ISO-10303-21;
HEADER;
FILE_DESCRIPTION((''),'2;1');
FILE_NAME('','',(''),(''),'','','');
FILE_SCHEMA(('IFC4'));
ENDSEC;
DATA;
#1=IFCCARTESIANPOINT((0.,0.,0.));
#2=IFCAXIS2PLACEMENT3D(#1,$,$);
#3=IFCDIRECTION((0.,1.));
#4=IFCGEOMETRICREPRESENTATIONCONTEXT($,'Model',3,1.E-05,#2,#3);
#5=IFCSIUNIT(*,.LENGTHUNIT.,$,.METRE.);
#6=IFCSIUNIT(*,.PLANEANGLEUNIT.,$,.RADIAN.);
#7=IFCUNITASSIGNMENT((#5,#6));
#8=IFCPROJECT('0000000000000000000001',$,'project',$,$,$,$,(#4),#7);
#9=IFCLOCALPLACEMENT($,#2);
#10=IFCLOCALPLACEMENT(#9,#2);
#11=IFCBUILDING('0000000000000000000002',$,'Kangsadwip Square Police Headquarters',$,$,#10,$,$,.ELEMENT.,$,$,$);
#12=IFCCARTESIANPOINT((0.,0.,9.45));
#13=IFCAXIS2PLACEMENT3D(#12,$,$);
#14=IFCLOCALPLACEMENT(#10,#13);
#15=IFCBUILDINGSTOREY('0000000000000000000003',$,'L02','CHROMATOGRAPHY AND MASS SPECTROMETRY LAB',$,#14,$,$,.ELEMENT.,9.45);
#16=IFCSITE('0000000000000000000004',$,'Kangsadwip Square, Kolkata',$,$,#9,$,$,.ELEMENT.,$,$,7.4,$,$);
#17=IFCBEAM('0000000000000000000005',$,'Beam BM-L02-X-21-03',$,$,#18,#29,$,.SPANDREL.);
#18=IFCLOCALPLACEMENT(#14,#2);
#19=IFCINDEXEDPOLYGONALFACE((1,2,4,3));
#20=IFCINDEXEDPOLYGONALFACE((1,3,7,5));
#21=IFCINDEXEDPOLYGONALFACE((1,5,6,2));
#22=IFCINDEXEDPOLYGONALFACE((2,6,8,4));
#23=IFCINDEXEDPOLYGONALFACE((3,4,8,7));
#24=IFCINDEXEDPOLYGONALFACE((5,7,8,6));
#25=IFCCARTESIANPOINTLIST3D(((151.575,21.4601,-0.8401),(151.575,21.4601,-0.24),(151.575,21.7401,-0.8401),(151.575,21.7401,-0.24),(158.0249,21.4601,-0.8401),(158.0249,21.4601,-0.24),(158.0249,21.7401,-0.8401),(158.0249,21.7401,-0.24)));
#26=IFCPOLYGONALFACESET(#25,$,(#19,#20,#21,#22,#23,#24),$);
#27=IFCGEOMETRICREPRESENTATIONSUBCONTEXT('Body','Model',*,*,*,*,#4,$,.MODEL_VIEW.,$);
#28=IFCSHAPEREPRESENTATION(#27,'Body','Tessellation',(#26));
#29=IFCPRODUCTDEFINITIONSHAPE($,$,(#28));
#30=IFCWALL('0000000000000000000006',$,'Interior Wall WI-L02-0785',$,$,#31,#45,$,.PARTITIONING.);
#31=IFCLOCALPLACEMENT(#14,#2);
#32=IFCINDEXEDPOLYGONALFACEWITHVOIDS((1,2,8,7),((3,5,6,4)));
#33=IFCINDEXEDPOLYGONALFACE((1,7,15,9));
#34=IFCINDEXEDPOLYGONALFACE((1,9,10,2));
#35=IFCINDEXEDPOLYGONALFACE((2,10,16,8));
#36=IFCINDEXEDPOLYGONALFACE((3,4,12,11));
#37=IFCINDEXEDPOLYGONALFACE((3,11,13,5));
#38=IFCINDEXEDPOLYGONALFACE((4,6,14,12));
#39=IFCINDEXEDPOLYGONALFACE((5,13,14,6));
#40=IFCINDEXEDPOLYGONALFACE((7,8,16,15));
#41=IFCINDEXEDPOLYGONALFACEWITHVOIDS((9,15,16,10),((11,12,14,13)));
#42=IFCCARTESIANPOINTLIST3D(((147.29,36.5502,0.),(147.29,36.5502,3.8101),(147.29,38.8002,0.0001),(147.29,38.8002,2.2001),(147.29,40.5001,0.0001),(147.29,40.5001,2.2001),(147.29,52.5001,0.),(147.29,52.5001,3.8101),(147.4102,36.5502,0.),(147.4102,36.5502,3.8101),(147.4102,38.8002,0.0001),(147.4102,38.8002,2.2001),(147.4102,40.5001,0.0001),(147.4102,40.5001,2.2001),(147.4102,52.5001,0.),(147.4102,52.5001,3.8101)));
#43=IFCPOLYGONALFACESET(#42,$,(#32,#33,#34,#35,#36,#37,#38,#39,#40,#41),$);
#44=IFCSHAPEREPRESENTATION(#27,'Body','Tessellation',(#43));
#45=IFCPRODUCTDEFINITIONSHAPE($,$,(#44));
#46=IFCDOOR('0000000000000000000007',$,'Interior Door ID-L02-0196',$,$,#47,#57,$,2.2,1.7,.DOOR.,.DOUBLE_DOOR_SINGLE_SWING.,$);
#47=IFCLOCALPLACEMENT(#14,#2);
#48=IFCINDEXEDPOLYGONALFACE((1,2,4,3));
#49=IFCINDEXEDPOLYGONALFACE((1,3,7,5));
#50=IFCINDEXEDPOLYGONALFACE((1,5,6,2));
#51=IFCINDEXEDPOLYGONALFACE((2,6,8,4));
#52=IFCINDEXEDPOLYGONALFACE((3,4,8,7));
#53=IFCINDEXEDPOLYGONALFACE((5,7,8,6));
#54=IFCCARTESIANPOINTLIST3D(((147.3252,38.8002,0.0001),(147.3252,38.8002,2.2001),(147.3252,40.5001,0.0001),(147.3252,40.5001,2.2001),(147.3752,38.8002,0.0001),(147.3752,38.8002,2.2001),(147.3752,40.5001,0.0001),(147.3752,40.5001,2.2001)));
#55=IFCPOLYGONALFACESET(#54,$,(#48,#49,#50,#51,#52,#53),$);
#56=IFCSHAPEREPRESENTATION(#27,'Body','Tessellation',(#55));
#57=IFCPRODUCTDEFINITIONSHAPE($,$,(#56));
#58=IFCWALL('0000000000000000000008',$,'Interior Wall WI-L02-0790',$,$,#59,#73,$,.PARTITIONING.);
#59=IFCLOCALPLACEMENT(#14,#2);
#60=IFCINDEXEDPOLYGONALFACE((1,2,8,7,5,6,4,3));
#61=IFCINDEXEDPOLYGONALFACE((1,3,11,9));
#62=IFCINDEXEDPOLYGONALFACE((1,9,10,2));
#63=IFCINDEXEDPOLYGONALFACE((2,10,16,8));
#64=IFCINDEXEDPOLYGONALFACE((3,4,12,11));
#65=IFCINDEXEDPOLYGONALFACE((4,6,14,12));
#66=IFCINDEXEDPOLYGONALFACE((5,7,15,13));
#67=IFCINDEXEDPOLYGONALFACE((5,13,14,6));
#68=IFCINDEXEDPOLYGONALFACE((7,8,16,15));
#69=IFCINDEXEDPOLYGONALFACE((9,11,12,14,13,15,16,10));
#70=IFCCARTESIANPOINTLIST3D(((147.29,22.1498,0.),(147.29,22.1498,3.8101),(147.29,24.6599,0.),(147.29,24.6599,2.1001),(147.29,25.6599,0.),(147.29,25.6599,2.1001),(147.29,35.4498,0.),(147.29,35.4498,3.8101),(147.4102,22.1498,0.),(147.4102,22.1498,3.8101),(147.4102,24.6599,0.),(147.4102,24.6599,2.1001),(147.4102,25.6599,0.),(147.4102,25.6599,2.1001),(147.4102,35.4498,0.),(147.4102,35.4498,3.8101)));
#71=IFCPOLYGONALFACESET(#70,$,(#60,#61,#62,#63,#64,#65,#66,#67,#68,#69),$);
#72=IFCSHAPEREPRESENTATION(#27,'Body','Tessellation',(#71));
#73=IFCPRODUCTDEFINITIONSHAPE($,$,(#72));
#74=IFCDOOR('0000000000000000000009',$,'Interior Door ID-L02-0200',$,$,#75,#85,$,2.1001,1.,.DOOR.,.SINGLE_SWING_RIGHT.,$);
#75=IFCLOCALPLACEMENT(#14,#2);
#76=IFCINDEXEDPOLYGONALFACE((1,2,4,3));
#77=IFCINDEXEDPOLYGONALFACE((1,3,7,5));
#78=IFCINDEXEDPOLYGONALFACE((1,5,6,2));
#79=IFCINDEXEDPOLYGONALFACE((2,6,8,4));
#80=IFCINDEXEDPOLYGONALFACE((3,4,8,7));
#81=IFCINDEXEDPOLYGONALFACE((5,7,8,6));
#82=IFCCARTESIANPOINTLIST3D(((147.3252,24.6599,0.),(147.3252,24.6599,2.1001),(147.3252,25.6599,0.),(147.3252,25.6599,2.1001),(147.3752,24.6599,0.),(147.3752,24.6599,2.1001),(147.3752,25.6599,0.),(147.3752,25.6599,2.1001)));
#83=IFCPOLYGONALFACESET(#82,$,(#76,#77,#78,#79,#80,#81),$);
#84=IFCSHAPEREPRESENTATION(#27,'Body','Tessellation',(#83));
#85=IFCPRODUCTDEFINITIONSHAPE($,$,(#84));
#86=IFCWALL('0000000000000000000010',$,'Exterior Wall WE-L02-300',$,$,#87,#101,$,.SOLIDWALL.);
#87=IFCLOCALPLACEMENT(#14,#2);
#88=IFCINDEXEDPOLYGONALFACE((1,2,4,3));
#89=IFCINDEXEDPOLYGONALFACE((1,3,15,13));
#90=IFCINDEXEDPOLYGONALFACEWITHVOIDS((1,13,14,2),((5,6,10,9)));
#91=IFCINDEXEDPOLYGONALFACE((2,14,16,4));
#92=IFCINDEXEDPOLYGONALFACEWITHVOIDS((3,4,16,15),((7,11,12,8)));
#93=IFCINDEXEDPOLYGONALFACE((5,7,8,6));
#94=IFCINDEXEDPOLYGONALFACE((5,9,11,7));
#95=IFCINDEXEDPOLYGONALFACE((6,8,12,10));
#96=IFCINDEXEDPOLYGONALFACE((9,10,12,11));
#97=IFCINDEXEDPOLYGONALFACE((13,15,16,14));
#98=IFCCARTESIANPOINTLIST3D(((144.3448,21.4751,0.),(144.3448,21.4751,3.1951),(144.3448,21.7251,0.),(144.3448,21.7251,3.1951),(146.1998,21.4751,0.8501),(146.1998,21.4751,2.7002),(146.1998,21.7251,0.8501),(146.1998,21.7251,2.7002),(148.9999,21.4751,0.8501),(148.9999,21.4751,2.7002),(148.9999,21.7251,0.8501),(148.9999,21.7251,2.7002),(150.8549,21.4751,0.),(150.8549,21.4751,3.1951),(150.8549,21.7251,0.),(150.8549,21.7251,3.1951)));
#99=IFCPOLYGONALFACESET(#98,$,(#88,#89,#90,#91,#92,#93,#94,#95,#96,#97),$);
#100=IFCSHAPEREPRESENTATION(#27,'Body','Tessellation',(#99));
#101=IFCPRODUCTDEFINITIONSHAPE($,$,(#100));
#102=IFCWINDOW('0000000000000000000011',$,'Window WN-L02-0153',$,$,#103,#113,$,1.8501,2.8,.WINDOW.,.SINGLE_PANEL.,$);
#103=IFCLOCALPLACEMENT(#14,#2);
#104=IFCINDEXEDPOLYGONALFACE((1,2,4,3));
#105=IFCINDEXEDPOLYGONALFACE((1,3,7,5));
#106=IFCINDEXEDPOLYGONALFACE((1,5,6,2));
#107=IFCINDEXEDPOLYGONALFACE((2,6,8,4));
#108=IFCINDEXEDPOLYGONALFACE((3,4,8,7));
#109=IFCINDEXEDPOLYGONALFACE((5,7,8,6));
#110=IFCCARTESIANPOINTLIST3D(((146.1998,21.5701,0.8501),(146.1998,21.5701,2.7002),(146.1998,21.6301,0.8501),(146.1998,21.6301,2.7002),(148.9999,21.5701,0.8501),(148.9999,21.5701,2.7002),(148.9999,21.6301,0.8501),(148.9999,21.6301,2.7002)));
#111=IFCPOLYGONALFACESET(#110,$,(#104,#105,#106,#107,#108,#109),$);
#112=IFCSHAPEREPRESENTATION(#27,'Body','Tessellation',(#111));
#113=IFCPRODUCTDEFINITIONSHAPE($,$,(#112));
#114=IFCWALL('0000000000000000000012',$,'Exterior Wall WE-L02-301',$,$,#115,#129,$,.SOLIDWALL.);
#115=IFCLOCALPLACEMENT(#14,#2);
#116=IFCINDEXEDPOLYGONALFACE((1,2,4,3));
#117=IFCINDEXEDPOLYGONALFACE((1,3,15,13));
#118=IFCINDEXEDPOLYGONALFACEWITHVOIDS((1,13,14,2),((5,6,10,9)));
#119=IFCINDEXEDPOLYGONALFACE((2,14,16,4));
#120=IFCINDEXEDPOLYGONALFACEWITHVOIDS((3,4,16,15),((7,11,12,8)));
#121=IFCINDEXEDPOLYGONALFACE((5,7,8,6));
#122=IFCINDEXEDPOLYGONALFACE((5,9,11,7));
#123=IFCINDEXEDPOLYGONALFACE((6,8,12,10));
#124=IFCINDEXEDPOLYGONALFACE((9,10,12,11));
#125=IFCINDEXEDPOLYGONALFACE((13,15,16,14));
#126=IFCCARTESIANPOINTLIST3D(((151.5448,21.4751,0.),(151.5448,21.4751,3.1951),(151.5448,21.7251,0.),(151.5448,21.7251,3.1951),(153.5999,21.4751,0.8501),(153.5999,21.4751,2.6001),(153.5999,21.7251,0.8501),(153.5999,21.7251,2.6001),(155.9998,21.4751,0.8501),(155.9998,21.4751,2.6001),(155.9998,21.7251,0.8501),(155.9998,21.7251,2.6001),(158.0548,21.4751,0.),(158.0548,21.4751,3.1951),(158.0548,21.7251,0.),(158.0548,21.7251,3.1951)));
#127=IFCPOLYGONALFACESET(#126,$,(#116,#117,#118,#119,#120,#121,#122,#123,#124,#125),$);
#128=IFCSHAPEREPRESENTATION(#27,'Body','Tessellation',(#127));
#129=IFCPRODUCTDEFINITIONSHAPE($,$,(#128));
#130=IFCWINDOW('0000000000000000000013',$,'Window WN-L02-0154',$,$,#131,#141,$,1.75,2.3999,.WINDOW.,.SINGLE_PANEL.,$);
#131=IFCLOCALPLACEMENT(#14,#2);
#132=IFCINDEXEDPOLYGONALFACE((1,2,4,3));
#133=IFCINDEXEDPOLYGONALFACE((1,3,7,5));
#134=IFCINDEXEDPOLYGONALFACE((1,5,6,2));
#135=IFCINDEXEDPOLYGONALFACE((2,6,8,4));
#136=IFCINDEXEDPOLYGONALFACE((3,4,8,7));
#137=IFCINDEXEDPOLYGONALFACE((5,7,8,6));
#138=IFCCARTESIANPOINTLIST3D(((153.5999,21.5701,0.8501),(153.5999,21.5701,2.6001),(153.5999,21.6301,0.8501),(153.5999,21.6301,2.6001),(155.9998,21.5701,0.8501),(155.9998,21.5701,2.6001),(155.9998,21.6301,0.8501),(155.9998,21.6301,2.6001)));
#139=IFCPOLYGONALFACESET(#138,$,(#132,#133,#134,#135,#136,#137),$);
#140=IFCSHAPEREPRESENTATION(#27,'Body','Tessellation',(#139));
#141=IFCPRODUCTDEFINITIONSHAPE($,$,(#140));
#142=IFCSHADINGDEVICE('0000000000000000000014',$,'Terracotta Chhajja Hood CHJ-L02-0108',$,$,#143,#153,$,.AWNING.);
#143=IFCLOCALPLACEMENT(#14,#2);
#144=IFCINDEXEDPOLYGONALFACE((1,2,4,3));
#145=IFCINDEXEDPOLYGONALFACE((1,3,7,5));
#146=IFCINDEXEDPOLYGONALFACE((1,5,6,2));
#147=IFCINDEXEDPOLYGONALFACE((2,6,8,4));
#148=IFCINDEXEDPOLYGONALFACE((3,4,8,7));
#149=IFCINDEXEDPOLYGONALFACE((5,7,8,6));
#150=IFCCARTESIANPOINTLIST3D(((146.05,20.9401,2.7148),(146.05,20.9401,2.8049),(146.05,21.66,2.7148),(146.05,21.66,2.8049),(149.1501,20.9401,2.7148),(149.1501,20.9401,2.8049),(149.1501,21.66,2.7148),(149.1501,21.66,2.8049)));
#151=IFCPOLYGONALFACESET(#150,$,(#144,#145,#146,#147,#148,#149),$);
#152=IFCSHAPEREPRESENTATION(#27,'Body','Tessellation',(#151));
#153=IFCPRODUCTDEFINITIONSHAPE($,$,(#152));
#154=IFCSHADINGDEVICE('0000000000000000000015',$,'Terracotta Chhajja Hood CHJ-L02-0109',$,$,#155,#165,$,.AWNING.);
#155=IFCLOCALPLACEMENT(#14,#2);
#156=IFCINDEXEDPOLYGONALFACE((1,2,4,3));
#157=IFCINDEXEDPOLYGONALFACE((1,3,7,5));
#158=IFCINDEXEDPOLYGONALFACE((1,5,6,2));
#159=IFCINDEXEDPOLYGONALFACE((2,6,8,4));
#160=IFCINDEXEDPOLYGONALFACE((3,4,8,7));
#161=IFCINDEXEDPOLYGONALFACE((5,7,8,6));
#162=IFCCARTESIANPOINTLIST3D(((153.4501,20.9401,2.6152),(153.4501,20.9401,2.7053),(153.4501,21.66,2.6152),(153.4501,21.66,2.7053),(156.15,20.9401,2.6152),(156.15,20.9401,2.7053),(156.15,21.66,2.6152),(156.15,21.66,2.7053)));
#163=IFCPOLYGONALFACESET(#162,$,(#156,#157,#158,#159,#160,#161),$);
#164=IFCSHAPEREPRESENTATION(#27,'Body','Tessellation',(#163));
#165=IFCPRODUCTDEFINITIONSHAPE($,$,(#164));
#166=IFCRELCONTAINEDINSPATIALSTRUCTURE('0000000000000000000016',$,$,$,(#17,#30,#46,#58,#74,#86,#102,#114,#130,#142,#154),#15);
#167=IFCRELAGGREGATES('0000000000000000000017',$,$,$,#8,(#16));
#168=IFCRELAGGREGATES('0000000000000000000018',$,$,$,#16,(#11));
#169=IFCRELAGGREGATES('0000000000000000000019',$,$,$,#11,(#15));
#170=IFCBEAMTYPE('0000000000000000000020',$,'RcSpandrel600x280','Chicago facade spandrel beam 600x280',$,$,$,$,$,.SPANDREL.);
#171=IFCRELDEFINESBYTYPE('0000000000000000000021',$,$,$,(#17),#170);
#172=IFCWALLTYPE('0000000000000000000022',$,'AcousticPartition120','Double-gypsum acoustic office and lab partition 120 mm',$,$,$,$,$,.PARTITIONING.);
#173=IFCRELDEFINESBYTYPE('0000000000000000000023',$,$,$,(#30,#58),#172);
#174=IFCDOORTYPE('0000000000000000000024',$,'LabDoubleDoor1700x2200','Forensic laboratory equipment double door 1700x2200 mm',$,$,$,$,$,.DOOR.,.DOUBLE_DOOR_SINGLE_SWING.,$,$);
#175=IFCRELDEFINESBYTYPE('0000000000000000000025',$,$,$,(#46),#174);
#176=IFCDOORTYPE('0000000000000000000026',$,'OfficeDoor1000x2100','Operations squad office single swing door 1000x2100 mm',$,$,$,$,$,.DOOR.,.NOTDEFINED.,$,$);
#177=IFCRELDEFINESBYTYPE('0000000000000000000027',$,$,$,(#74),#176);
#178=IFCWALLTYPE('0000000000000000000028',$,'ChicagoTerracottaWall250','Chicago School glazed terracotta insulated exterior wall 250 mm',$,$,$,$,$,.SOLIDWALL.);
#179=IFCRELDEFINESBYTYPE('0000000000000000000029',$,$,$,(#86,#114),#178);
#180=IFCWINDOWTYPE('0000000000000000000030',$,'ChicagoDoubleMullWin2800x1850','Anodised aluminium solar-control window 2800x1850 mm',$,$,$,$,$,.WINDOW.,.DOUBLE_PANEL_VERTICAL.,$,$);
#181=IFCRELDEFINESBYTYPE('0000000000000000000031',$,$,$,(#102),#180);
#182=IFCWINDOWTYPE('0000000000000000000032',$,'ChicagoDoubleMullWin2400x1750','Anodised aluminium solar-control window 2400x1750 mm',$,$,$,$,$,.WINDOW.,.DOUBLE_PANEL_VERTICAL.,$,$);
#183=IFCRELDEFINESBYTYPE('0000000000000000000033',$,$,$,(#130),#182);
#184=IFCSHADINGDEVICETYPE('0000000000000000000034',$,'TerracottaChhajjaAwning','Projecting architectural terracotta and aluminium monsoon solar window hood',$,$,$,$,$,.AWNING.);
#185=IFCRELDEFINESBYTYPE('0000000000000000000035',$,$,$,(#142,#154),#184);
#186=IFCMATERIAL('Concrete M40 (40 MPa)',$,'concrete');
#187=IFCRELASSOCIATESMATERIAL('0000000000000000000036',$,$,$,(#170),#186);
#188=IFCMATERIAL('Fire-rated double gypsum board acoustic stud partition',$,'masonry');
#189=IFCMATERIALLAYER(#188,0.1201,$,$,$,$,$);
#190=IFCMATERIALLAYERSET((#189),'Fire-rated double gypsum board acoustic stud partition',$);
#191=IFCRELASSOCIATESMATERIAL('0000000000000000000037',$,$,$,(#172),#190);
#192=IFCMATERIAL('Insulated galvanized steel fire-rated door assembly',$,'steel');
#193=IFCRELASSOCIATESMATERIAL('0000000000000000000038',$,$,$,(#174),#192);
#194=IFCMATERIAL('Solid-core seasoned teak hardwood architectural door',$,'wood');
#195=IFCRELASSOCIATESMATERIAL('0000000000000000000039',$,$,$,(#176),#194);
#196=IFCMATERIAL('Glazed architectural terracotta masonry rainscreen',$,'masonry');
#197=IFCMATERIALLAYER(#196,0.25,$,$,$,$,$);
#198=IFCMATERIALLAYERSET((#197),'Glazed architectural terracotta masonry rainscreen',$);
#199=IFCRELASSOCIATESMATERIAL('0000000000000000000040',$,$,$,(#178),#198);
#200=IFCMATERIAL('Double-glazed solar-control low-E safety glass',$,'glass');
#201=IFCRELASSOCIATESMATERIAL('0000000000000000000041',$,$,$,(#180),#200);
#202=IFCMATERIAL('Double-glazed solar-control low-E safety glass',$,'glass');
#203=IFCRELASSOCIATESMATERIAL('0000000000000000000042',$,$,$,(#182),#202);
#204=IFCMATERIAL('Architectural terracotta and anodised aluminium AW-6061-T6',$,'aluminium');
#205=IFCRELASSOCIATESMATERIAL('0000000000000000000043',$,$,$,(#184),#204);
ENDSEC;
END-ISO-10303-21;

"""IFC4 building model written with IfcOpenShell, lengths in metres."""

from ifc_helpers import new_model, si_unit, direction, frame, frame_2d, origin, origin_2d, place, context, subcontext, project, spatial, rectangle, extrude, material, layer, layer_set, material_profile, profile_set, type_object, element, fill, save


model = new_model("IFC4")

# Units and contexts
model_context = context("Model", 3, precision=1e-05, world=origin(), true_north=direction((0.0, 1.0)))
body_context = subcontext(model_context, "Body", "Model", "MODEL_VIEW")
ifc_project = project(units=[si_unit("LENGTHUNIT", "METRE"), si_unit("PLANEANGLEUNIT", "RADIAN")], contexts=[model_context])

# Site, building, storey
site_placement = place(None, origin())
site = spatial("IfcSite", under=ifc_project, at=site_placement, Name="Kangsadwip Square, Kolkata", CompositionType="ELEMENT", RefElevation=7.4)
building_placement = place(site_placement, origin())
building = spatial("IfcBuilding", under=site, at=building_placement, Name="Kangsadwip Square Police Headquarters", CompositionType="ELEMENT")
storey_placement = place(building_placement, frame((0.0, 0.0, 9.45)))
storey = spatial("IfcBuildingStorey", under=building, at=storey_placement, Name="L02", Description="CHROMATOGRAPHY AND MASS SPECTROMETRY LAB", CompositionType="ELEMENT", Elevation=9.45)

# Beam
ifc_material_1 = material(Name="Concrete M40 (40 MPa)", Category="concrete")
ifc_material_profile_1 = material_profile(ifc_material_1, rectangle(XDim=0.28, YDim=0.6001, at=origin_2d()), Name="RC SPN 600X280")
ifc_profile_set_1 = profile_set([ifc_material_profile_1], Name="Concrete M40 (40 MPa)")
beam_type_1 = type_object("IfcBeamType", Name="RcSpandrel600x280", Description="Chicago facade spandrel beam 600x280", PredefinedType="SPANDREL", material=ifc_profile_set_1)
for number, where, z_axis, x_axis, name in (
    (1, (151.575, 21.6001, -0.54), (1.0, 0.0, 0.0), (0.0, 1.0, 0.0), "Beam BM-L02-X-21-03"),
):
    element("IfcBeam", number, at=place(storey_placement, frame(where, z_axis=z_axis, x_axis=x_axis)), inside=storey, type_object=beam_type_1, Name=name, PredefinedType="SPANDREL", context=body_context, shape_type="SweptSolid", body=[
        extrude(rectangle(XDim=0.28, YDim=0.6001, at=origin_2d()), origin(), (0.0, 0.0, 1.0), 6.45),
    ])

# Walls, openings, doors
ifc_material_2 = material(Name="Fire-rated double gypsum board acoustic stud partition", Category="masonry")
ifc_layer_1 = layer(ifc_material_2, 0.1201)
ifc_layer_set_1 = layer_set([ifc_layer_1], Name="Fire-rated double gypsum board acoustic stud partition")
wall_type_1 = type_object("IfcWallType", Name="AcousticPartition120", Description="Double-gypsum acoustic office and lab partition 120 mm", PredefinedType="PARTITIONING", material=ifc_layer_set_1)
wall_1_placement = place(storey_placement, frame((147.3501, 36.55, 0.0), z_axis=(0.0, 0.0, 1.0), x_axis=(0.0, 1.0, 0.0)))
wall_1 = element("IfcWall", 2, at=wall_1_placement, inside=storey, type_object=wall_type_1, Name="Interior Wall WI-L02-0785", PredefinedType="PARTITIONING", context=body_context, shape_type="SweptSolid", body=[
    extrude(rectangle(XDim=15.95, YDim=0.1201, at=frame_2d((7.9751, 0.0))), origin(), (0.0, 0.0, 1.0), 3.8101),
])
opening_1_placement = place(wall_1_placement, frame((2.25, 0.0, 0.0)))
opening_1 = element("IfcOpeningElement", 3, at=opening_1_placement, cuts=wall_1, PredefinedType="OPENING", context=body_context, shape_type="SweptSolid", body=[
    extrude(rectangle(XDim=1.7, YDim=2.2, at=frame_2d((0.8501, 1.1001))), frame((0.0, 0.0701, 0.0), z_axis=(0.0, -1.0, 0.0), x_axis=(1.0, 0.0, 0.0)), (0.0, 0.0, 1.0), 0.1401),
])
ifc_material_3 = material(Name="Insulated galvanized steel fire-rated door assembly", Category="steel")
door_type_1 = type_object("IfcDoorType", Name="LabDoubleDoor1700x2200", Description="Forensic laboratory equipment double door 1700x2200 mm", OperationType="DOUBLE_DOOR_SINGLE_SWING", PredefinedType="DOOR", material=ifc_material_3)
door_1_placement = place(opening_1_placement, origin())
door_1 = element("IfcDoor", 4, at=door_1_placement, inside=storey, type_object=door_type_1, Name="Interior Door ID-L02-0196", OperationType="DOUBLE_DOOR_SINGLE_SWING", OverallHeight=2.2, OverallWidth=1.7, PredefinedType="DOOR", context=body_context, shape_type="SweptSolid", body=[
    extrude(rectangle(XDim=1.7, YDim=2.2, at=frame_2d((0.8501, 1.1001))), frame((0.0, 0.0249, 0.0), z_axis=(0.0, -1.0, 0.0), x_axis=(1.0, 0.0, 0.0)), (0.0, 0.0, 1.0), 0.05),
])
fill(opening_1, door_1)
wall_2_placement = place(storey_placement, frame((147.3501, 22.1499, 0.0), z_axis=(0.0, 0.0, 1.0), x_axis=(0.0, 1.0, 0.0)))
wall_2 = element("IfcWall", 5, at=wall_2_placement, inside=storey, type_object=wall_type_1, Name="Interior Wall WI-L02-0790", PredefinedType="PARTITIONING", context=body_context, shape_type="SweptSolid", body=[
    extrude(rectangle(XDim=13.3, YDim=0.1201, at=frame_2d((6.6499, 0.0))), origin(), (0.0, 0.0, 1.0), 3.8101),
])
opening_2_placement = place(wall_2_placement, frame((2.51, 0.0, 0.0)))
opening_2 = element("IfcOpeningElement", 6, at=opening_2_placement, cuts=wall_2, PredefinedType="OPENING", context=body_context, shape_type="SweptSolid", body=[
    extrude(rectangle(XDim=1.0, YDim=2.1001, at=frame_2d((0.5, 1.05))), frame((0.0, 0.0701, 0.0), z_axis=(0.0, -1.0, 0.0), x_axis=(1.0, 0.0, 0.0)), (0.0, 0.0, 1.0), 0.1401),
])
ifc_material_4 = material(Name="Solid-core seasoned teak hardwood architectural door", Category="wood")
door_type_2 = type_object("IfcDoorType", Name="OfficeDoor1000x2100", Description="Operations squad office single swing door 1000x2100 mm", OperationType="NOTDEFINED", PredefinedType="DOOR", material=ifc_material_4)
door_2_placement = place(opening_2_placement, origin())
door_2 = element("IfcDoor", 7, at=door_2_placement, inside=storey, type_object=door_type_2, Name="Interior Door ID-L02-0200", OperationType="SINGLE_SWING_RIGHT", OverallHeight=2.1001, OverallWidth=1.0, PredefinedType="DOOR", context=body_context, shape_type="SweptSolid", body=[
    extrude(rectangle(XDim=1.0, YDim=2.1001, at=frame_2d((0.5, 1.05))), frame((0.0, 0.0249, 0.0), z_axis=(0.0, -1.0, 0.0), x_axis=(1.0, 0.0, 0.0)), (0.0, 0.0, 1.0), 0.05),
])
fill(opening_2, door_2)

# Walls, openings, windows
ifc_material_5 = material(Name="Glazed architectural terracotta masonry rainscreen", Category="masonry")
ifc_layer_2 = layer(ifc_material_5, 0.25)
ifc_layer_set_2 = layer_set([ifc_layer_2], Name="Glazed architectural terracotta masonry rainscreen")
wall_type_2 = type_object("IfcWallType", Name="ChicagoTerracottaWall250", Description="Chicago School glazed terracotta insulated exterior wall 250 mm", PredefinedType="SOLIDWALL", material=ifc_layer_set_2)
wall_3_placement = place(storey_placement, frame((144.345, 21.6001, 0.0), z_axis=(0.0, 0.0, 1.0), x_axis=(1.0, 0.0, 0.0)))
wall_3 = element("IfcWall", 8, at=wall_3_placement, inside=storey, type_object=wall_type_2, Name="Exterior Wall WE-L02-300", PredefinedType="SOLIDWALL", context=body_context, shape_type="SweptSolid", body=[
    extrude(rectangle(XDim=6.51, YDim=0.25, at=frame_2d((3.2549, 0.0))), origin(), (0.0, 0.0, 1.0), 3.1951),
])
opening_3_placement = place(wall_3_placement, frame((1.855, 0.0, 0.8501)))
opening_3 = element("IfcOpeningElement", 9, at=opening_3_placement, cuts=wall_3, PredefinedType="OPENING", context=body_context, shape_type="SweptSolid", body=[
    extrude(rectangle(XDim=2.8, YDim=1.8501, at=frame_2d((1.3999, 0.925))), frame((0.0, 0.135, 0.0), z_axis=(0.0, -1.0, 0.0), x_axis=(1.0, 0.0, 0.0)), (0.0, 0.0, 1.0), 0.27),
])
ifc_material_6 = material(Name="Double-glazed solar-control low-E safety glass", Category="glass")
window_type_1 = type_object("IfcWindowType", Name="ChicagoDoubleMullWin2800x1850", Description="Anodised aluminium solar-control window 2800x1850 mm", PartitioningType="DOUBLE_PANEL_VERTICAL", PredefinedType="WINDOW", material=ifc_material_6)
window_1_placement = place(opening_3_placement, origin())
window_1 = element("IfcWindow", 10, at=window_1_placement, inside=storey, type_object=window_type_1, Name="Window WN-L02-0153", OverallHeight=1.8501, OverallWidth=2.8, PartitioningType="SINGLE_PANEL", PredefinedType="WINDOW", context=body_context, shape_type="SweptSolid", body=[
    extrude(rectangle(XDim=2.8, YDim=1.8501, at=frame_2d((1.3999, 0.925))), frame((0.0, 0.03, 0.0), z_axis=(0.0, -1.0, 0.0), x_axis=(1.0, 0.0, 0.0)), (0.0, 0.0, 1.0), 0.0601),
])
fill(opening_3, window_1)
wall_4_placement = place(storey_placement, frame((151.5449, 21.6001, 0.0), z_axis=(0.0, 0.0, 1.0), x_axis=(1.0, 0.0, 0.0)))
wall_4 = element("IfcWall", 11, at=wall_4_placement, inside=storey, type_object=wall_type_2, Name="Exterior Wall WE-L02-301", PredefinedType="SOLIDWALL", context=body_context, shape_type="SweptSolid", body=[
    extrude(rectangle(XDim=6.51, YDim=0.25, at=frame_2d((3.2549, 0.0))), origin(), (0.0, 0.0, 1.0), 3.1951),
])
opening_4_placement = place(wall_4_placement, frame((2.0549, 0.0, 0.8501)))
opening_4 = element("IfcOpeningElement", 12, at=opening_4_placement, cuts=wall_4, PredefinedType="OPENING", context=body_context, shape_type="SweptSolid", body=[
    extrude(rectangle(XDim=2.3999, YDim=1.75, at=frame_2d((1.2, 0.875))), frame((0.0, 0.135, 0.0), z_axis=(0.0, -1.0, 0.0), x_axis=(1.0, 0.0, 0.0)), (0.0, 0.0, 1.0), 0.27),
])
ifc_material_7 = material(Name="Double-glazed solar-control low-E safety glass", Category="glass")
window_type_2 = type_object("IfcWindowType", Name="ChicagoDoubleMullWin2400x1750", Description="Anodised aluminium solar-control window 2400x1750 mm", PartitioningType="DOUBLE_PANEL_VERTICAL", PredefinedType="WINDOW", material=ifc_material_7)
window_2_placement = place(opening_4_placement, origin())
window_2 = element("IfcWindow", 13, at=window_2_placement, inside=storey, type_object=window_type_2, Name="Window WN-L02-0154", OverallHeight=1.75, OverallWidth=2.3999, PartitioningType="SINGLE_PANEL", PredefinedType="WINDOW", context=body_context, shape_type="SweptSolid", body=[
    extrude(rectangle(XDim=2.3999, YDim=1.75, at=frame_2d((1.2, 0.875))), frame((0.0, 0.03, 0.0), z_axis=(0.0, -1.0, 0.0), x_axis=(1.0, 0.0, 0.0)), (0.0, 0.0, 1.0), 0.0601),
])
fill(opening_4, window_2)

# Shading devices
ifc_material_8 = material(Name="Architectural terracotta and anodised aluminium AW-6061-T6", Category="aluminium")
shading_device_type = type_object("IfcShadingDeviceType", Name="TerracottaChhajjaAwning", Description="Projecting architectural terracotta and aluminium monsoon solar window hood", PredefinedType="AWNING", material=ifc_material_8)
shading_device_1_placement = place(storey_placement, frame((147.6001, 21.3, 2.7148), z_axis=(0.0, 0.0, 1.0), x_axis=(1.0, 0.0, 0.0)))
element("IfcShadingDevice", 14, at=shading_device_1_placement, inside=storey, type_object=shading_device_type, Name="Terracotta Chhajja Hood CHJ-L02-0108", PredefinedType="AWNING", context=body_context, shape_type="SweptSolid", body=[
    extrude(rectangle(XDim=3.1001, YDim=0.72, at=origin_2d()), origin(), (0.0, 0.0, 1.0), 0.0901),
])
shading_device_2_placement = place(storey_placement, frame((154.8, 21.3, 2.6152), z_axis=(0.0, 0.0, 1.0), x_axis=(1.0, 0.0, 0.0)))
element("IfcShadingDevice", 15, at=shading_device_2_placement, inside=storey, type_object=shading_device_type, Name="Terracotta Chhajja Hood CHJ-L02-0109", PredefinedType="AWNING", context=body_context, shape_type="SweptSolid", body=[
    extrude(rectangle(XDim=2.7, YDim=0.72, at=origin_2d()), origin(), (0.0, 0.0, 1.0), 0.0901),
])

save(model, "model.ifc")
